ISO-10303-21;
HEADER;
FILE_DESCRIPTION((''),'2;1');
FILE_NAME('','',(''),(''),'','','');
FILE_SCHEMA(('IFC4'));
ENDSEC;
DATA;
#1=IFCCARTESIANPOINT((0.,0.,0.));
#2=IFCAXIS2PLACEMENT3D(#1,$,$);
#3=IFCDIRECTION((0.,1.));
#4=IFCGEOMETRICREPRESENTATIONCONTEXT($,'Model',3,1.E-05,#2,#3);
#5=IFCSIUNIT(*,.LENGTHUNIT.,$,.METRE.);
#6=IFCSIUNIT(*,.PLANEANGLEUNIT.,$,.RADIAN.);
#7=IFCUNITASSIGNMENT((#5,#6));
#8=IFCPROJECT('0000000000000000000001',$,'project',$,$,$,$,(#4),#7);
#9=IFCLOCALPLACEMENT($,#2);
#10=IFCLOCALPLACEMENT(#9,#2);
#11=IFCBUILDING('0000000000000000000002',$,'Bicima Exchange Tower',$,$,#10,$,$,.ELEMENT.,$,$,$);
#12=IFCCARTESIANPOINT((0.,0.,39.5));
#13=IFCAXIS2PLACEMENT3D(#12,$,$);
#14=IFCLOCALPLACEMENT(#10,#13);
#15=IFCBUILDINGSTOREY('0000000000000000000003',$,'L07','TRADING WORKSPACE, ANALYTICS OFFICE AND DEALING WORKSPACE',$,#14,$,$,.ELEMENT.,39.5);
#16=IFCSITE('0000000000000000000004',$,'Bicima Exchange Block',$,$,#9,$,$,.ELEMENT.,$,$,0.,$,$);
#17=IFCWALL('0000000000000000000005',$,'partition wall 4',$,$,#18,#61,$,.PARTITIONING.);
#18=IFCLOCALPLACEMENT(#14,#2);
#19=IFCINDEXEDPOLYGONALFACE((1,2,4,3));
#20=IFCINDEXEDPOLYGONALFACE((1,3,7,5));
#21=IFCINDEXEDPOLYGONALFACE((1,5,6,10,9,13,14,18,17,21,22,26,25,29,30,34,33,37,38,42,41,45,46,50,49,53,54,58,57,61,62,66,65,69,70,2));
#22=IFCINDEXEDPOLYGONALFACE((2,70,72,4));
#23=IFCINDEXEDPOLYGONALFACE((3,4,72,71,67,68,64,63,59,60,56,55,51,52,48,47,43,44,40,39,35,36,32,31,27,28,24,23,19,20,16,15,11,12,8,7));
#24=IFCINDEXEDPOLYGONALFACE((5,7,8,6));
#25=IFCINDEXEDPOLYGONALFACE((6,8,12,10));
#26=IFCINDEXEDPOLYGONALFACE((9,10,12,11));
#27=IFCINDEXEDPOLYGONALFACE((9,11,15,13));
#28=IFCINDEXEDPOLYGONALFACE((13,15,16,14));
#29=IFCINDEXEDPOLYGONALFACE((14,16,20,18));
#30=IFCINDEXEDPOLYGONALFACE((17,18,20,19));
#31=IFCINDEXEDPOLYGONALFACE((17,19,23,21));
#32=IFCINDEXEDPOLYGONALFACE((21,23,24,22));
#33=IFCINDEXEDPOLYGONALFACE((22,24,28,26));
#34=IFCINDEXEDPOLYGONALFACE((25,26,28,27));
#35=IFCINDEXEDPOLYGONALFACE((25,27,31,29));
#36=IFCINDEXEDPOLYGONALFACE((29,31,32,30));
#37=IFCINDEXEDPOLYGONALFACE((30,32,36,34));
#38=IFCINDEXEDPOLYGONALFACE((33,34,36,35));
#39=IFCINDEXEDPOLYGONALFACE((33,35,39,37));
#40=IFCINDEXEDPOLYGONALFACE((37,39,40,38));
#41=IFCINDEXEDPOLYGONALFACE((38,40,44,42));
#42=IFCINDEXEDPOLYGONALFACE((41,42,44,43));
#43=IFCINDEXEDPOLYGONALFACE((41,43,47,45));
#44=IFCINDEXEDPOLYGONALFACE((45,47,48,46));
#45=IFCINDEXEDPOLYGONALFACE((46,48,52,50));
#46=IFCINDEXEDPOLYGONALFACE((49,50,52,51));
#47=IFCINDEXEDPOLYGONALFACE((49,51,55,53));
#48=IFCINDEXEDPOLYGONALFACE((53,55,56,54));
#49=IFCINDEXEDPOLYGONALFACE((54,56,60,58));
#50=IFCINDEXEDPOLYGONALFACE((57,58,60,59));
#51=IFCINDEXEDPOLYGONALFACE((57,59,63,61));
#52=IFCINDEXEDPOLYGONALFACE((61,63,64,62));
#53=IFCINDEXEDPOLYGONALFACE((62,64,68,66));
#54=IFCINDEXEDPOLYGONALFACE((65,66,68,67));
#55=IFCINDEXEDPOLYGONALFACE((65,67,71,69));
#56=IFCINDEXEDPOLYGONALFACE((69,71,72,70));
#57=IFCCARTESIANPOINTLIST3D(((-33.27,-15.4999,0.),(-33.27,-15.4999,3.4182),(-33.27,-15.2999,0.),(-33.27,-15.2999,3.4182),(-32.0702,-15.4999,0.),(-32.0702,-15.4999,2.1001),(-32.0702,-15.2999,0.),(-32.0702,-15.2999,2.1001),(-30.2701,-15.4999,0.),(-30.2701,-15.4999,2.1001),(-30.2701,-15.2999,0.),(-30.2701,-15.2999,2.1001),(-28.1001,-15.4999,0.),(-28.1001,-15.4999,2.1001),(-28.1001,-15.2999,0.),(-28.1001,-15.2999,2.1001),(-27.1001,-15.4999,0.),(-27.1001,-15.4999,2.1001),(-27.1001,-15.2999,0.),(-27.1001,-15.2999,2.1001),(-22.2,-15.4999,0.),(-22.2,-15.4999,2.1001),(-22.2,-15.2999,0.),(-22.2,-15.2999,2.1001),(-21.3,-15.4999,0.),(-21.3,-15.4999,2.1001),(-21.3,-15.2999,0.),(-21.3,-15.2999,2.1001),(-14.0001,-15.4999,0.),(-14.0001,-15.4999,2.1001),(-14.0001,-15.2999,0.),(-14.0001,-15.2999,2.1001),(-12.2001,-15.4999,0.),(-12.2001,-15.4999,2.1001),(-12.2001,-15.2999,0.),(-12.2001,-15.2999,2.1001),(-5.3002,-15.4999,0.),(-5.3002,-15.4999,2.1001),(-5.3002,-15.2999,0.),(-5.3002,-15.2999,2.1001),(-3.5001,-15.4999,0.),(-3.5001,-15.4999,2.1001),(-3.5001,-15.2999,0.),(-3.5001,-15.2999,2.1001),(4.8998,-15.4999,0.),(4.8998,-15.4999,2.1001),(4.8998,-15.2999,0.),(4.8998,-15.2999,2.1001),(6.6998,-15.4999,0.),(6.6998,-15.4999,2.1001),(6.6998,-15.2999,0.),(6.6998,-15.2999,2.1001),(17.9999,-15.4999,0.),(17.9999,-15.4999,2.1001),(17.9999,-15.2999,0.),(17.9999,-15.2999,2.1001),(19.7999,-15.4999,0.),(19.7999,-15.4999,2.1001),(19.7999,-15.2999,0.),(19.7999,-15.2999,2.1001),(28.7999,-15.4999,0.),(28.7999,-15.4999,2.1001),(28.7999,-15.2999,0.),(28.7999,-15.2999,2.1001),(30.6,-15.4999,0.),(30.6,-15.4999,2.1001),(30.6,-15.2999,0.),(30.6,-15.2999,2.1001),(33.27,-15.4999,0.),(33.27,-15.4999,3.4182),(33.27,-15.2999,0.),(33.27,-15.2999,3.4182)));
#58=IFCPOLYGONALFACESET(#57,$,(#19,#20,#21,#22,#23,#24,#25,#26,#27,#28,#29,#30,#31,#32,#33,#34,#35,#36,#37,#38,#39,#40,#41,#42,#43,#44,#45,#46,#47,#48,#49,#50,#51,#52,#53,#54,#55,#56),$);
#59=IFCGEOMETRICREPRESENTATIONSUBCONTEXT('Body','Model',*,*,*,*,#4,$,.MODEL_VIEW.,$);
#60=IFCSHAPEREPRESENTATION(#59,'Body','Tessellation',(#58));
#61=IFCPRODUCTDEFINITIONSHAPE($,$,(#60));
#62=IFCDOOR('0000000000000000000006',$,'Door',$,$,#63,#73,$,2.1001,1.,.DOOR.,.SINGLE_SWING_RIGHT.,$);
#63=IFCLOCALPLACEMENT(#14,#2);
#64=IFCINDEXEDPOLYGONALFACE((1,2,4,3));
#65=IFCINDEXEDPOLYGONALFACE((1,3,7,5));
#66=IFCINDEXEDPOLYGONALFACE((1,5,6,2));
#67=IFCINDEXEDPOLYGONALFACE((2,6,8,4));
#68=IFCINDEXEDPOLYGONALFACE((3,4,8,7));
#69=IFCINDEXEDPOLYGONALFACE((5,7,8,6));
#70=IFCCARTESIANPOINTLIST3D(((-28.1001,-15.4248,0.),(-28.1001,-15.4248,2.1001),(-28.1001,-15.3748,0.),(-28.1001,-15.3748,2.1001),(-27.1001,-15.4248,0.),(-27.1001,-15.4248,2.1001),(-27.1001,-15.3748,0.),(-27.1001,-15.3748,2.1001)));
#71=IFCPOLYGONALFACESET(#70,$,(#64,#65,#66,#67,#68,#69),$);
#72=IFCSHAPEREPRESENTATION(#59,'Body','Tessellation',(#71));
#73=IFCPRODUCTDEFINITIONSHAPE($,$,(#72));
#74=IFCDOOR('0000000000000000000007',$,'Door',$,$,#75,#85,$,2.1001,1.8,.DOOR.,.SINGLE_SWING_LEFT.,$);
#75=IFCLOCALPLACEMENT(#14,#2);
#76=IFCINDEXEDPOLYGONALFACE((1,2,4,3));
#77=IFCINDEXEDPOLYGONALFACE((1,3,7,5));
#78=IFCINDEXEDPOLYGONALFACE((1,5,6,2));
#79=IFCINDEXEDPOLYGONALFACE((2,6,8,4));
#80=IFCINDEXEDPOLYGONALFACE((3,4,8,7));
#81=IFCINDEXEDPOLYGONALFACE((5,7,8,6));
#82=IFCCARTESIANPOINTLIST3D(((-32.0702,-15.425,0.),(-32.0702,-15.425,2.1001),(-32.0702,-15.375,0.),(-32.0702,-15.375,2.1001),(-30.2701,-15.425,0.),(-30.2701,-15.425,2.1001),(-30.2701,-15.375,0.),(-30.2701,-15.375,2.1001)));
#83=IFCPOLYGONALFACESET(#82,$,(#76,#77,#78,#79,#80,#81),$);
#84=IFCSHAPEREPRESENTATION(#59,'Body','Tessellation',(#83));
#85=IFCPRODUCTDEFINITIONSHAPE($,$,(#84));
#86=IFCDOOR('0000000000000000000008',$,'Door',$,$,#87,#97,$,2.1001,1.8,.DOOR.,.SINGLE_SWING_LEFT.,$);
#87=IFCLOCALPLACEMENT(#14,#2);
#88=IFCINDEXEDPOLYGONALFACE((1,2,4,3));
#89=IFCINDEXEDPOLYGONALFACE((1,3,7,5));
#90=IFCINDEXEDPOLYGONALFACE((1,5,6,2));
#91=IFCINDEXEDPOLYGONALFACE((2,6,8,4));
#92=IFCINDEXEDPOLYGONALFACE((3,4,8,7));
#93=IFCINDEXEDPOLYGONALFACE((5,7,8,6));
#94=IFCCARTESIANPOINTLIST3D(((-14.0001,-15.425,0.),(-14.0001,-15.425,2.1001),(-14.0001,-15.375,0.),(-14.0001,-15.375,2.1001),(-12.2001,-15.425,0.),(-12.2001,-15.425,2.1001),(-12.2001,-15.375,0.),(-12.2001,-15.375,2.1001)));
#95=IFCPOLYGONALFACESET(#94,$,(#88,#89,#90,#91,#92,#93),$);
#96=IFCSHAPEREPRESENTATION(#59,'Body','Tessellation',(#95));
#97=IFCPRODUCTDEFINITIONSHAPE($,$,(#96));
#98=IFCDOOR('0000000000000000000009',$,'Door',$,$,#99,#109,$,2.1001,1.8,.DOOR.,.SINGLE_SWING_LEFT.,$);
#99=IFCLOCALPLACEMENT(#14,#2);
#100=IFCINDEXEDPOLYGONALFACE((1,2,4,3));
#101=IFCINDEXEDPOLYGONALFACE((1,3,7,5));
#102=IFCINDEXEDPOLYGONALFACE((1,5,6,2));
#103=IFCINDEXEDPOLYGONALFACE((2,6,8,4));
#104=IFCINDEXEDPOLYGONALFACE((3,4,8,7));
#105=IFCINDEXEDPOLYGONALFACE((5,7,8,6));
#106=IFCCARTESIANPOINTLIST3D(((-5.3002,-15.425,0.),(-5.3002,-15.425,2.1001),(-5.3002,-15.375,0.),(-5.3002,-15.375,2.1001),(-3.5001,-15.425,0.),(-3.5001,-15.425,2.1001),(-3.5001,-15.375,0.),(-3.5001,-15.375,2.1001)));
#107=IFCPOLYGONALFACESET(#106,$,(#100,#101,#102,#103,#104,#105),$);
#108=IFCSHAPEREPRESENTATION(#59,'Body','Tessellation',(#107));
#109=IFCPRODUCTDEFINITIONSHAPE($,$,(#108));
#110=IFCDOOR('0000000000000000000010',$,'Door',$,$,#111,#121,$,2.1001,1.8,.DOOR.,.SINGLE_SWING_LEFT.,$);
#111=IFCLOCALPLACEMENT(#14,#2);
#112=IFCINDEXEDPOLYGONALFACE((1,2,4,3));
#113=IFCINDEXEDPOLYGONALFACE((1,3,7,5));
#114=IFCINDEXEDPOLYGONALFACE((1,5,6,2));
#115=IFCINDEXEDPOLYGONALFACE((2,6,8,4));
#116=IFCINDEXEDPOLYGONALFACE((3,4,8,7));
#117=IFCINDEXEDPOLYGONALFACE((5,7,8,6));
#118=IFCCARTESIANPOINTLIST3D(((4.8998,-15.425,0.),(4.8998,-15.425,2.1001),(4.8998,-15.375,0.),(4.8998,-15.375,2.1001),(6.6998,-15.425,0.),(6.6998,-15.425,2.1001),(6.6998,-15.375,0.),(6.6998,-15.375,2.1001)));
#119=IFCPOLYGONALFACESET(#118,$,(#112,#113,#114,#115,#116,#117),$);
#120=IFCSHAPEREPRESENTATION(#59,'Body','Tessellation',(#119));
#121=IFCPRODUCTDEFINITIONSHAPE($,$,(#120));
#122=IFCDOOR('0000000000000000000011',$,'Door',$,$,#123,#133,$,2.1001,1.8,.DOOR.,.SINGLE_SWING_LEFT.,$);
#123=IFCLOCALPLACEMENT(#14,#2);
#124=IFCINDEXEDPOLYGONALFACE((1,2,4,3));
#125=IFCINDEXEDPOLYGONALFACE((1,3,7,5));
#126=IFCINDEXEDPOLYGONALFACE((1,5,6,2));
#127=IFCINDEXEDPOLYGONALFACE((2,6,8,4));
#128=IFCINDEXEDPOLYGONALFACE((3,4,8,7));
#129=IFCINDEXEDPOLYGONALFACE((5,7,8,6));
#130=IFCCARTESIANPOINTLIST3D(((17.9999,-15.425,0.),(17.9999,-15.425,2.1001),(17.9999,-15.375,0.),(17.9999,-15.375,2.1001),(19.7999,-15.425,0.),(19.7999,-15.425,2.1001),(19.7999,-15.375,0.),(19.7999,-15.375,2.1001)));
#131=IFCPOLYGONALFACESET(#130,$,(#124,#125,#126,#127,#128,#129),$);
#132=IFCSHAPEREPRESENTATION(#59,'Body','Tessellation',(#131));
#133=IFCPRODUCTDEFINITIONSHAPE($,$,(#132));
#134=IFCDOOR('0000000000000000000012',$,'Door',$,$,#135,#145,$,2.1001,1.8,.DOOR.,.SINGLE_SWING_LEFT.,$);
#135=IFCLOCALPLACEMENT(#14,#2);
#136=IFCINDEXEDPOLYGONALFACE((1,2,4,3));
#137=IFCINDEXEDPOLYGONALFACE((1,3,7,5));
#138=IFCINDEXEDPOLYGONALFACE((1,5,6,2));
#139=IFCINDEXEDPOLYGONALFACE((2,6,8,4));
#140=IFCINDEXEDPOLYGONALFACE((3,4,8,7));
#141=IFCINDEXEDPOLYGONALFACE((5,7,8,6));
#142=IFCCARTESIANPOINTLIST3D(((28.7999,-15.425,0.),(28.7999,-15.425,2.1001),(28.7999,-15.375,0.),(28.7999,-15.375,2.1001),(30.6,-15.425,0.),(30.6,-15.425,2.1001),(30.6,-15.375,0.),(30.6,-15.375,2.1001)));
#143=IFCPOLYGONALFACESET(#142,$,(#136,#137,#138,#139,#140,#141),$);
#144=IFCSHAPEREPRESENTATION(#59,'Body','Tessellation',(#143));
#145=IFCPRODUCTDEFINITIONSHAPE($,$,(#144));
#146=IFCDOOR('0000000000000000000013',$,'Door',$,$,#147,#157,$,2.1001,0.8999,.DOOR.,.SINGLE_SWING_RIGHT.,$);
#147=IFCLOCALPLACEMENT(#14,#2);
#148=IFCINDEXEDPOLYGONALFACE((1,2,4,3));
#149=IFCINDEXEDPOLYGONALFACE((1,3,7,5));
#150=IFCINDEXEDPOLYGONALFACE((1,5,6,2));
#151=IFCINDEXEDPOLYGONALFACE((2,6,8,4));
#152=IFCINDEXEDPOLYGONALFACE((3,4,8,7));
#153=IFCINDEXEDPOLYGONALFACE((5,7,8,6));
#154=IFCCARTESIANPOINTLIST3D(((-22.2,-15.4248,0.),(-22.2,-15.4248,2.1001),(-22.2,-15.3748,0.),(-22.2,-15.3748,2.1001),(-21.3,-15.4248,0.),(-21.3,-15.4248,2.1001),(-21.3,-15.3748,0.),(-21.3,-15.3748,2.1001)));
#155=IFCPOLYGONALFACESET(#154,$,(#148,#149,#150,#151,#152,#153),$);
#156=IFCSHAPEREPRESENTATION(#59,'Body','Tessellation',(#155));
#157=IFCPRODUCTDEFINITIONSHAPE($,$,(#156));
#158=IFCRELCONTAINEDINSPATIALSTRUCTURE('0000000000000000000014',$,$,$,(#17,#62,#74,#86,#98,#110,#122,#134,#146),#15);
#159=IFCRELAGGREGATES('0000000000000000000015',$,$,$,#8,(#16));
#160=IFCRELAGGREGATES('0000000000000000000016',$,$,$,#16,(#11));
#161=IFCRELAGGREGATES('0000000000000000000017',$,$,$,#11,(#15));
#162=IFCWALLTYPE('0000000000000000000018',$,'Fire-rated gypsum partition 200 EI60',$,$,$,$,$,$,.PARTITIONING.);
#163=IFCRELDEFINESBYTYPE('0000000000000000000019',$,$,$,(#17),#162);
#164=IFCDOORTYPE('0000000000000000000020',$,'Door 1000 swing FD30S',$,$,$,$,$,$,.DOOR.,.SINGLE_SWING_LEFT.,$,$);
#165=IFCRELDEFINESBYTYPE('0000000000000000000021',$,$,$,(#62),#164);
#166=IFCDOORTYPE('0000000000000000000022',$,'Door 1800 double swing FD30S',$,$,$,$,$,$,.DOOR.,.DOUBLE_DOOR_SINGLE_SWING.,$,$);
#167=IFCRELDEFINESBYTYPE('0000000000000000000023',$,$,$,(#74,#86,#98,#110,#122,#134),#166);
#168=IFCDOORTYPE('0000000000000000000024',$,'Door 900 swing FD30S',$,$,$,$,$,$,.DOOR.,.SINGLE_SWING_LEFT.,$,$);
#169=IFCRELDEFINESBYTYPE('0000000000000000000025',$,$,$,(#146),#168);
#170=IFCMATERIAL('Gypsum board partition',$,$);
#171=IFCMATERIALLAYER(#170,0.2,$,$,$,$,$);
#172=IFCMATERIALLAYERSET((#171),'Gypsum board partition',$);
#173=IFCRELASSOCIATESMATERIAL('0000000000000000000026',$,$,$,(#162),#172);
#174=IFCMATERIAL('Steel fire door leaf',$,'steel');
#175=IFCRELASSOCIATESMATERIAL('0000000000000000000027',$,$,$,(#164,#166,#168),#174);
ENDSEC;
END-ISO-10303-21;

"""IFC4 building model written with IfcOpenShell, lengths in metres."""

from ifc_helpers import new_model, si_unit, direction, frame, frame_2d, origin, place, context, subcontext, project, spatial, rectangle, extrude, material, layer, layer_set, type_object, element, fill, save


model = new_model("IFC4")

# Units and contexts
model_context = context("Model", 3, precision=1e-05, world=origin(), true_north=direction((0.0, 1.0)))
body_context = subcontext(model_context, "Body", "Model", "MODEL_VIEW")
ifc_project = project(units=[si_unit("LENGTHUNIT", "METRE"), si_unit("PLANEANGLEUNIT", "RADIAN")], contexts=[model_context])

# Site, building, storey
site_placement = place(None, origin())
site = spatial("IfcSite", under=ifc_project, at=site_placement, Name="Bicima Exchange Block", CompositionType="ELEMENT", RefElevation=0.0)
building_placement = place(site_placement, origin())
building = spatial("IfcBuilding", under=site, at=building_placement, Name="Bicima Exchange Tower", CompositionType="ELEMENT")
storey_placement = place(building_placement, frame((0.0, 0.0, 39.5)))
storey = spatial("IfcBuildingStorey", under=building, at=storey_placement, Name="L07", Description="TRADING WORKSPACE, ANALYTICS OFFICE AND DEALING WORKSPACE", CompositionType="ELEMENT", Elevation=39.5)

# Shared definitions
ifc_material_1 = material(Name="Gypsum board partition")
ifc_layer_1 = layer(ifc_material_1, 0.2)
ifc_layer_set_1 = layer_set([ifc_layer_1], Name="Gypsum board partition")
wall_type = type_object("IfcWallType", Name="Fire-rated gypsum partition 200 EI60", PredefinedType="PARTITIONING", material=ifc_layer_set_1)

# Wall, openings, doors
wall_1_placement = place(storey_placement, frame((-33.27, -15.3999, 0.0), z_axis=(0.0, 0.0, 1.0), x_axis=(1.0, 0.0, 0.0)))
wall_1 = element("IfcWall", 1, at=wall_1_placement, inside=storey, type_object=wall_type, Name="partition wall 4", PredefinedType="PARTITIONING", context=body_context, shape_type="SweptSolid", body=[
    extrude(rectangle(XDim=66.54, YDim=0.2, at=frame_2d((33.27, 0.0))), origin(), (0.0, 0.0, 1.0), 3.4182),
])
opening_1_placement = place(wall_1_placement, frame((1.2, 0.0, 0.0)))
opening_1 = element("IfcOpeningElement", 2, at=opening_1_placement, cuts=wall_1, PredefinedType="OPENING", context=body_context, shape_type="SweptSolid", body=[
    extrude(rectangle(XDim=1.8, YDim=2.1001, at=frame_2d((0.8999, 1.05))), frame((0.0, 0.1118, 0.0), z_axis=(0.0, -1.0, 0.0), x_axis=(1.0, 0.0, 0.0)), (0.0, 0.0, 1.0), 0.2239),
])
opening_2_placement = place(wall_1_placement, frame((5.1699, 0.0, 0.0)))
opening_2 = element("IfcOpeningElement", 3, at=opening_2_placement, cuts=wall_1, PredefinedType="OPENING", context=body_context, shape_type="SweptSolid", body=[
    extrude(rectangle(XDim=1.0, YDim=2.1001, at=frame_2d((0.5, 1.05))), frame((0.0, 0.1118, 0.0), z_axis=(0.0, -1.0, 0.0), x_axis=(1.0, 0.0, 0.0)), (0.0, 0.0, 1.0), 0.2239),
])
opening_3_placement = place(wall_1_placement, frame((11.0701, 0.0, 0.0)))
opening_3 = element("IfcOpeningElement", 4, at=opening_3_placement, cuts=wall_1, PredefinedType="OPENING", context=body_context, shape_type="SweptSolid", body=[
    extrude(rectangle(XDim=0.8999, YDim=2.1001, at=frame_2d((0.45, 1.05))), frame((0.0, 0.1118, 0.0), z_axis=(0.0, -1.0, 0.0), x_axis=(1.0, 0.0, 0.0)), (0.0, 0.0, 1.0), 0.2239),
])
opening_4_placement = place(wall_1_placement, frame((19.27, 0.0, 0.0)))
opening_4 = element("IfcOpeningElement", 5, at=opening_4_placement, cuts=wall_1, PredefinedType="OPENING", context=body_context, shape_type="SweptSolid", body=[
    extrude(rectangle(XDim=1.8, YDim=2.1001, at=frame_2d((0.8999, 1.05))), frame((0.0, 0.1118, 0.0), z_axis=(0.0, -1.0, 0.0), x_axis=(1.0, 0.0, 0.0)), (0.0, 0.0, 1.0), 0.2239),
])
opening_5_placement = place(wall_1_placement, frame((27.97, 0.0, 0.0)))
opening_5 = element("IfcOpeningElement", 6, at=opening_5_placement, cuts=wall_1, PredefinedType="OPENING", context=body_context, shape_type="SweptSolid", body=[
    extrude(rectangle(XDim=1.8, YDim=2.1001, at=frame_2d((0.8999, 1.05))), frame((0.0, 0.1118, 0.0), z_axis=(0.0, -1.0, 0.0), x_axis=(1.0, 0.0, 0.0)), (0.0, 0.0, 1.0), 0.2239),
])
opening_6_placement = place(wall_1_placement, frame((38.1699, 0.0, 0.0)))
opening_6 = element("IfcOpeningElement", 7, at=opening_6_placement, cuts=wall_1, PredefinedType="OPENING", context=body_context, shape_type="SweptSolid", body=[
    extrude(rectangle(XDim=1.8, YDim=2.1001, at=frame_2d((0.8999, 1.05))), frame((0.0, 0.1118, 0.0), z_axis=(0.0, -1.0, 0.0), x_axis=(1.0, 0.0, 0.0)), (0.0, 0.0, 1.0), 0.2239),
])
opening_7_placement = place(wall_1_placement, frame((51.27, 0.0, 0.0)))
opening_7 = element("IfcOpeningElement", 8, at=opening_7_placement, cuts=wall_1, PredefinedType="OPENING", context=body_context, shape_type="SweptSolid", body=[
    extrude(rectangle(XDim=1.8, YDim=2.1001, at=frame_2d((0.8999, 1.05))), frame((0.0, 0.1118, 0.0), z_axis=(0.0, -1.0, 0.0), x_axis=(1.0, 0.0, 0.0)), (0.0, 0.0, 1.0), 0.2239),
])
opening_8_placement = place(wall_1_placement, frame((62.0701, 0.0, 0.0)))
opening_8 = element("IfcOpeningElement", 9, at=opening_8_placement, cuts=wall_1, PredefinedType="OPENING", context=body_context, shape_type="SweptSolid", body=[
    extrude(rectangle(XDim=1.8, YDim=2.1001, at=frame_2d((0.8999, 1.05))), frame((0.0, 0.1118, 0.0), z_axis=(0.0, -1.0, 0.0), x_axis=(1.0, 0.0, 0.0)), (0.0, 0.0, 1.0), 0.2239),
])
ifc_material_2 = material(Name="Steel fire door leaf", Category="steel")
door_type_1 = type_object("IfcDoorType", Name="Door 1000 swing FD30S", OperationType="SINGLE_SWING_LEFT", PredefinedType="DOOR", material=ifc_material_2)
door_1_placement = place(opening_2_placement, frame((1.0, 0.0, 0.0), z_axis=(0.0, 0.0, 1.0), x_axis=(-1.0, 0.0, 0.0)))
door_1 = element("IfcDoor", 10, at=door_1_placement, inside=storey, type_object=door_type_1, Name="Door", OperationType="SINGLE_SWING_RIGHT", OverallHeight=2.1001, OverallWidth=1.0, PredefinedType="DOOR", context=body_context, shape_type="SweptSolid", body=[
    extrude(rectangle(XDim=1.0, YDim=2.1001, at=frame_2d((0.5, 1.05))), frame((0.0, 0.0249, 0.0), z_axis=(0.0, -1.0, 0.0), x_axis=(1.0, 0.0, 0.0)), (0.0, 0.0, 1.0), 0.05),
])
fill(opening_2, door_1)
door_type_2 = type_object("IfcDoorType", Name="Door 1800 double swing FD30S", OperationType="DOUBLE_DOOR_SINGLE_SWING", PredefinedType="DOOR", material=ifc_material_2)
door_2_placement = place(opening_1_placement, origin())
door_2 = element("IfcDoor", 11, at=door_2_placement, inside=storey, type_object=door_type_2, Name="Door", OperationType="SINGLE_SWING_LEFT", OverallHeight=2.1001, OverallWidth=1.8, PredefinedType="DOOR", context=body_context, shape_type="SweptSolid", body=[
    extrude(rectangle(XDim=1.8, YDim=2.1001, at=frame_2d((0.8999, 1.05))), frame((0.0, 0.0249, 0.0), z_axis=(0.0, -1.0, 0.0), x_axis=(1.0, 0.0, 0.0)), (0.0, 0.0, 1.0), 0.05),
])
fill(opening_1, door_2)
door_3_placement = place(opening_4_placement, origin())
door_3 = element("IfcDoor", 12, at=door_3_placement, inside=storey, type_object=door_type_2, Name="Door", OperationType="SINGLE_SWING_LEFT", OverallHeight=2.1001, OverallWidth=1.8, PredefinedType="DOOR", context=body_context, shape_type="SweptSolid", body=[
    extrude(rectangle(XDim=1.8, YDim=2.1001, at=frame_2d((0.8999, 1.05))), frame((0.0, 0.0249, 0.0), z_axis=(0.0, -1.0, 0.0), x_axis=(1.0, 0.0, 0.0)), (0.0, 0.0, 1.0), 0.05),
])
fill(opening_4, door_3)
door_4_placement = place(opening_5_placement, origin())
door_4 = element("IfcDoor", 13, at=door_4_placement, inside=storey, type_object=door_type_2, Name="Door", OperationType="SINGLE_SWING_LEFT", OverallHeight=2.1001, OverallWidth=1.8, PredefinedType="DOOR", context=body_context, shape_type="SweptSolid", body=[
    extrude(rectangle(XDim=1.8, YDim=2.1001, at=frame_2d((0.8999, 1.05))), frame((0.0, 0.0249, 0.0), z_axis=(0.0, -1.0, 0.0), x_axis=(1.0, 0.0, 0.0)), (0.0, 0.0, 1.0), 0.05),
])
fill(opening_5, door_4)
door_5_placement = place(opening_6_placement, origin())
door_5 = element("IfcDoor", 14, at=door_5_placement, inside=storey, type_object=door_type_2, Name="Door", OperationType="SINGLE_SWING_LEFT", OverallHeight=2.1001, OverallWidth=1.8, PredefinedType="DOOR", context=body_context, shape_type="SweptSolid", body=[
    extrude(rectangle(XDim=1.8, YDim=2.1001, at=frame_2d((0.8999, 1.05))), frame((0.0, 0.0249, 0.0), z_axis=(0.0, -1.0, 0.0), x_axis=(1.0, 0.0, 0.0)), (0.0, 0.0, 1.0), 0.05),
])
fill(opening_6, door_5)
door_6_placement = place(opening_7_placement, origin())
door_6 = element("IfcDoor", 15, at=door_6_placement, inside=storey, type_object=door_type_2, Name="Door", OperationType="SINGLE_SWING_LEFT", OverallHeight=2.1001, OverallWidth=1.8, PredefinedType="DOOR", context=body_context, shape_type="SweptSolid", body=[
    extrude(rectangle(XDim=1.8, YDim=2.1001, at=frame_2d((0.8999, 1.05))), frame((0.0, 0.0249, 0.0), z_axis=(0.0, -1.0, 0.0), x_axis=(1.0, 0.0, 0.0)), (0.0, 0.0, 1.0), 0.05),
])
fill(opening_7, door_6)
door_7_placement = place(opening_8_placement, origin())
door_7 = element("IfcDoor", 16, at=door_7_placement, inside=storey, type_object=door_type_2, Name="Door", OperationType="SINGLE_SWING_LEFT", OverallHeight=2.1001, OverallWidth=1.8, PredefinedType="DOOR", context=body_context, shape_type="SweptSolid", body=[
    extrude(rectangle(XDim=1.8, YDim=2.1001, at=frame_2d((0.8999, 1.05))), frame((0.0, 0.0249, 0.0), z_axis=(0.0, -1.0, 0.0), x_axis=(1.0, 0.0, 0.0)), (0.0, 0.0, 1.0), 0.05),
])
fill(opening_8, door_7)
door_type_3 = type_object("IfcDoorType", Name="Door 900 swing FD30S", OperationType="SINGLE_SWING_LEFT", PredefinedType="DOOR", material=ifc_material_2)
door_8_placement = place(opening_3_placement, frame((0.8999, 0.0, 0.0), z_axis=(0.0, 0.0, 1.0), x_axis=(-1.0, 0.0, 0.0)))
door_8 = element("IfcDoor", 17, at=door_8_placement, inside=storey, type_object=door_type_3, Name="Door", OperationType="SINGLE_SWING_RIGHT", OverallHeight=2.1001, OverallWidth=0.8999, PredefinedType="DOOR", context=body_context, shape_type="SweptSolid", body=[
    extrude(rectangle(XDim=0.8999, YDim=2.1001, at=frame_2d((0.45, 1.05))), frame((0.0, 0.0249, 0.0), z_axis=(0.0, -1.0, 0.0), x_axis=(1.0, 0.0, 0.0)), (0.0, 0.0, 1.0), 0.05),
])
fill(opening_3, door_8)

save(model, "model.ifc")
